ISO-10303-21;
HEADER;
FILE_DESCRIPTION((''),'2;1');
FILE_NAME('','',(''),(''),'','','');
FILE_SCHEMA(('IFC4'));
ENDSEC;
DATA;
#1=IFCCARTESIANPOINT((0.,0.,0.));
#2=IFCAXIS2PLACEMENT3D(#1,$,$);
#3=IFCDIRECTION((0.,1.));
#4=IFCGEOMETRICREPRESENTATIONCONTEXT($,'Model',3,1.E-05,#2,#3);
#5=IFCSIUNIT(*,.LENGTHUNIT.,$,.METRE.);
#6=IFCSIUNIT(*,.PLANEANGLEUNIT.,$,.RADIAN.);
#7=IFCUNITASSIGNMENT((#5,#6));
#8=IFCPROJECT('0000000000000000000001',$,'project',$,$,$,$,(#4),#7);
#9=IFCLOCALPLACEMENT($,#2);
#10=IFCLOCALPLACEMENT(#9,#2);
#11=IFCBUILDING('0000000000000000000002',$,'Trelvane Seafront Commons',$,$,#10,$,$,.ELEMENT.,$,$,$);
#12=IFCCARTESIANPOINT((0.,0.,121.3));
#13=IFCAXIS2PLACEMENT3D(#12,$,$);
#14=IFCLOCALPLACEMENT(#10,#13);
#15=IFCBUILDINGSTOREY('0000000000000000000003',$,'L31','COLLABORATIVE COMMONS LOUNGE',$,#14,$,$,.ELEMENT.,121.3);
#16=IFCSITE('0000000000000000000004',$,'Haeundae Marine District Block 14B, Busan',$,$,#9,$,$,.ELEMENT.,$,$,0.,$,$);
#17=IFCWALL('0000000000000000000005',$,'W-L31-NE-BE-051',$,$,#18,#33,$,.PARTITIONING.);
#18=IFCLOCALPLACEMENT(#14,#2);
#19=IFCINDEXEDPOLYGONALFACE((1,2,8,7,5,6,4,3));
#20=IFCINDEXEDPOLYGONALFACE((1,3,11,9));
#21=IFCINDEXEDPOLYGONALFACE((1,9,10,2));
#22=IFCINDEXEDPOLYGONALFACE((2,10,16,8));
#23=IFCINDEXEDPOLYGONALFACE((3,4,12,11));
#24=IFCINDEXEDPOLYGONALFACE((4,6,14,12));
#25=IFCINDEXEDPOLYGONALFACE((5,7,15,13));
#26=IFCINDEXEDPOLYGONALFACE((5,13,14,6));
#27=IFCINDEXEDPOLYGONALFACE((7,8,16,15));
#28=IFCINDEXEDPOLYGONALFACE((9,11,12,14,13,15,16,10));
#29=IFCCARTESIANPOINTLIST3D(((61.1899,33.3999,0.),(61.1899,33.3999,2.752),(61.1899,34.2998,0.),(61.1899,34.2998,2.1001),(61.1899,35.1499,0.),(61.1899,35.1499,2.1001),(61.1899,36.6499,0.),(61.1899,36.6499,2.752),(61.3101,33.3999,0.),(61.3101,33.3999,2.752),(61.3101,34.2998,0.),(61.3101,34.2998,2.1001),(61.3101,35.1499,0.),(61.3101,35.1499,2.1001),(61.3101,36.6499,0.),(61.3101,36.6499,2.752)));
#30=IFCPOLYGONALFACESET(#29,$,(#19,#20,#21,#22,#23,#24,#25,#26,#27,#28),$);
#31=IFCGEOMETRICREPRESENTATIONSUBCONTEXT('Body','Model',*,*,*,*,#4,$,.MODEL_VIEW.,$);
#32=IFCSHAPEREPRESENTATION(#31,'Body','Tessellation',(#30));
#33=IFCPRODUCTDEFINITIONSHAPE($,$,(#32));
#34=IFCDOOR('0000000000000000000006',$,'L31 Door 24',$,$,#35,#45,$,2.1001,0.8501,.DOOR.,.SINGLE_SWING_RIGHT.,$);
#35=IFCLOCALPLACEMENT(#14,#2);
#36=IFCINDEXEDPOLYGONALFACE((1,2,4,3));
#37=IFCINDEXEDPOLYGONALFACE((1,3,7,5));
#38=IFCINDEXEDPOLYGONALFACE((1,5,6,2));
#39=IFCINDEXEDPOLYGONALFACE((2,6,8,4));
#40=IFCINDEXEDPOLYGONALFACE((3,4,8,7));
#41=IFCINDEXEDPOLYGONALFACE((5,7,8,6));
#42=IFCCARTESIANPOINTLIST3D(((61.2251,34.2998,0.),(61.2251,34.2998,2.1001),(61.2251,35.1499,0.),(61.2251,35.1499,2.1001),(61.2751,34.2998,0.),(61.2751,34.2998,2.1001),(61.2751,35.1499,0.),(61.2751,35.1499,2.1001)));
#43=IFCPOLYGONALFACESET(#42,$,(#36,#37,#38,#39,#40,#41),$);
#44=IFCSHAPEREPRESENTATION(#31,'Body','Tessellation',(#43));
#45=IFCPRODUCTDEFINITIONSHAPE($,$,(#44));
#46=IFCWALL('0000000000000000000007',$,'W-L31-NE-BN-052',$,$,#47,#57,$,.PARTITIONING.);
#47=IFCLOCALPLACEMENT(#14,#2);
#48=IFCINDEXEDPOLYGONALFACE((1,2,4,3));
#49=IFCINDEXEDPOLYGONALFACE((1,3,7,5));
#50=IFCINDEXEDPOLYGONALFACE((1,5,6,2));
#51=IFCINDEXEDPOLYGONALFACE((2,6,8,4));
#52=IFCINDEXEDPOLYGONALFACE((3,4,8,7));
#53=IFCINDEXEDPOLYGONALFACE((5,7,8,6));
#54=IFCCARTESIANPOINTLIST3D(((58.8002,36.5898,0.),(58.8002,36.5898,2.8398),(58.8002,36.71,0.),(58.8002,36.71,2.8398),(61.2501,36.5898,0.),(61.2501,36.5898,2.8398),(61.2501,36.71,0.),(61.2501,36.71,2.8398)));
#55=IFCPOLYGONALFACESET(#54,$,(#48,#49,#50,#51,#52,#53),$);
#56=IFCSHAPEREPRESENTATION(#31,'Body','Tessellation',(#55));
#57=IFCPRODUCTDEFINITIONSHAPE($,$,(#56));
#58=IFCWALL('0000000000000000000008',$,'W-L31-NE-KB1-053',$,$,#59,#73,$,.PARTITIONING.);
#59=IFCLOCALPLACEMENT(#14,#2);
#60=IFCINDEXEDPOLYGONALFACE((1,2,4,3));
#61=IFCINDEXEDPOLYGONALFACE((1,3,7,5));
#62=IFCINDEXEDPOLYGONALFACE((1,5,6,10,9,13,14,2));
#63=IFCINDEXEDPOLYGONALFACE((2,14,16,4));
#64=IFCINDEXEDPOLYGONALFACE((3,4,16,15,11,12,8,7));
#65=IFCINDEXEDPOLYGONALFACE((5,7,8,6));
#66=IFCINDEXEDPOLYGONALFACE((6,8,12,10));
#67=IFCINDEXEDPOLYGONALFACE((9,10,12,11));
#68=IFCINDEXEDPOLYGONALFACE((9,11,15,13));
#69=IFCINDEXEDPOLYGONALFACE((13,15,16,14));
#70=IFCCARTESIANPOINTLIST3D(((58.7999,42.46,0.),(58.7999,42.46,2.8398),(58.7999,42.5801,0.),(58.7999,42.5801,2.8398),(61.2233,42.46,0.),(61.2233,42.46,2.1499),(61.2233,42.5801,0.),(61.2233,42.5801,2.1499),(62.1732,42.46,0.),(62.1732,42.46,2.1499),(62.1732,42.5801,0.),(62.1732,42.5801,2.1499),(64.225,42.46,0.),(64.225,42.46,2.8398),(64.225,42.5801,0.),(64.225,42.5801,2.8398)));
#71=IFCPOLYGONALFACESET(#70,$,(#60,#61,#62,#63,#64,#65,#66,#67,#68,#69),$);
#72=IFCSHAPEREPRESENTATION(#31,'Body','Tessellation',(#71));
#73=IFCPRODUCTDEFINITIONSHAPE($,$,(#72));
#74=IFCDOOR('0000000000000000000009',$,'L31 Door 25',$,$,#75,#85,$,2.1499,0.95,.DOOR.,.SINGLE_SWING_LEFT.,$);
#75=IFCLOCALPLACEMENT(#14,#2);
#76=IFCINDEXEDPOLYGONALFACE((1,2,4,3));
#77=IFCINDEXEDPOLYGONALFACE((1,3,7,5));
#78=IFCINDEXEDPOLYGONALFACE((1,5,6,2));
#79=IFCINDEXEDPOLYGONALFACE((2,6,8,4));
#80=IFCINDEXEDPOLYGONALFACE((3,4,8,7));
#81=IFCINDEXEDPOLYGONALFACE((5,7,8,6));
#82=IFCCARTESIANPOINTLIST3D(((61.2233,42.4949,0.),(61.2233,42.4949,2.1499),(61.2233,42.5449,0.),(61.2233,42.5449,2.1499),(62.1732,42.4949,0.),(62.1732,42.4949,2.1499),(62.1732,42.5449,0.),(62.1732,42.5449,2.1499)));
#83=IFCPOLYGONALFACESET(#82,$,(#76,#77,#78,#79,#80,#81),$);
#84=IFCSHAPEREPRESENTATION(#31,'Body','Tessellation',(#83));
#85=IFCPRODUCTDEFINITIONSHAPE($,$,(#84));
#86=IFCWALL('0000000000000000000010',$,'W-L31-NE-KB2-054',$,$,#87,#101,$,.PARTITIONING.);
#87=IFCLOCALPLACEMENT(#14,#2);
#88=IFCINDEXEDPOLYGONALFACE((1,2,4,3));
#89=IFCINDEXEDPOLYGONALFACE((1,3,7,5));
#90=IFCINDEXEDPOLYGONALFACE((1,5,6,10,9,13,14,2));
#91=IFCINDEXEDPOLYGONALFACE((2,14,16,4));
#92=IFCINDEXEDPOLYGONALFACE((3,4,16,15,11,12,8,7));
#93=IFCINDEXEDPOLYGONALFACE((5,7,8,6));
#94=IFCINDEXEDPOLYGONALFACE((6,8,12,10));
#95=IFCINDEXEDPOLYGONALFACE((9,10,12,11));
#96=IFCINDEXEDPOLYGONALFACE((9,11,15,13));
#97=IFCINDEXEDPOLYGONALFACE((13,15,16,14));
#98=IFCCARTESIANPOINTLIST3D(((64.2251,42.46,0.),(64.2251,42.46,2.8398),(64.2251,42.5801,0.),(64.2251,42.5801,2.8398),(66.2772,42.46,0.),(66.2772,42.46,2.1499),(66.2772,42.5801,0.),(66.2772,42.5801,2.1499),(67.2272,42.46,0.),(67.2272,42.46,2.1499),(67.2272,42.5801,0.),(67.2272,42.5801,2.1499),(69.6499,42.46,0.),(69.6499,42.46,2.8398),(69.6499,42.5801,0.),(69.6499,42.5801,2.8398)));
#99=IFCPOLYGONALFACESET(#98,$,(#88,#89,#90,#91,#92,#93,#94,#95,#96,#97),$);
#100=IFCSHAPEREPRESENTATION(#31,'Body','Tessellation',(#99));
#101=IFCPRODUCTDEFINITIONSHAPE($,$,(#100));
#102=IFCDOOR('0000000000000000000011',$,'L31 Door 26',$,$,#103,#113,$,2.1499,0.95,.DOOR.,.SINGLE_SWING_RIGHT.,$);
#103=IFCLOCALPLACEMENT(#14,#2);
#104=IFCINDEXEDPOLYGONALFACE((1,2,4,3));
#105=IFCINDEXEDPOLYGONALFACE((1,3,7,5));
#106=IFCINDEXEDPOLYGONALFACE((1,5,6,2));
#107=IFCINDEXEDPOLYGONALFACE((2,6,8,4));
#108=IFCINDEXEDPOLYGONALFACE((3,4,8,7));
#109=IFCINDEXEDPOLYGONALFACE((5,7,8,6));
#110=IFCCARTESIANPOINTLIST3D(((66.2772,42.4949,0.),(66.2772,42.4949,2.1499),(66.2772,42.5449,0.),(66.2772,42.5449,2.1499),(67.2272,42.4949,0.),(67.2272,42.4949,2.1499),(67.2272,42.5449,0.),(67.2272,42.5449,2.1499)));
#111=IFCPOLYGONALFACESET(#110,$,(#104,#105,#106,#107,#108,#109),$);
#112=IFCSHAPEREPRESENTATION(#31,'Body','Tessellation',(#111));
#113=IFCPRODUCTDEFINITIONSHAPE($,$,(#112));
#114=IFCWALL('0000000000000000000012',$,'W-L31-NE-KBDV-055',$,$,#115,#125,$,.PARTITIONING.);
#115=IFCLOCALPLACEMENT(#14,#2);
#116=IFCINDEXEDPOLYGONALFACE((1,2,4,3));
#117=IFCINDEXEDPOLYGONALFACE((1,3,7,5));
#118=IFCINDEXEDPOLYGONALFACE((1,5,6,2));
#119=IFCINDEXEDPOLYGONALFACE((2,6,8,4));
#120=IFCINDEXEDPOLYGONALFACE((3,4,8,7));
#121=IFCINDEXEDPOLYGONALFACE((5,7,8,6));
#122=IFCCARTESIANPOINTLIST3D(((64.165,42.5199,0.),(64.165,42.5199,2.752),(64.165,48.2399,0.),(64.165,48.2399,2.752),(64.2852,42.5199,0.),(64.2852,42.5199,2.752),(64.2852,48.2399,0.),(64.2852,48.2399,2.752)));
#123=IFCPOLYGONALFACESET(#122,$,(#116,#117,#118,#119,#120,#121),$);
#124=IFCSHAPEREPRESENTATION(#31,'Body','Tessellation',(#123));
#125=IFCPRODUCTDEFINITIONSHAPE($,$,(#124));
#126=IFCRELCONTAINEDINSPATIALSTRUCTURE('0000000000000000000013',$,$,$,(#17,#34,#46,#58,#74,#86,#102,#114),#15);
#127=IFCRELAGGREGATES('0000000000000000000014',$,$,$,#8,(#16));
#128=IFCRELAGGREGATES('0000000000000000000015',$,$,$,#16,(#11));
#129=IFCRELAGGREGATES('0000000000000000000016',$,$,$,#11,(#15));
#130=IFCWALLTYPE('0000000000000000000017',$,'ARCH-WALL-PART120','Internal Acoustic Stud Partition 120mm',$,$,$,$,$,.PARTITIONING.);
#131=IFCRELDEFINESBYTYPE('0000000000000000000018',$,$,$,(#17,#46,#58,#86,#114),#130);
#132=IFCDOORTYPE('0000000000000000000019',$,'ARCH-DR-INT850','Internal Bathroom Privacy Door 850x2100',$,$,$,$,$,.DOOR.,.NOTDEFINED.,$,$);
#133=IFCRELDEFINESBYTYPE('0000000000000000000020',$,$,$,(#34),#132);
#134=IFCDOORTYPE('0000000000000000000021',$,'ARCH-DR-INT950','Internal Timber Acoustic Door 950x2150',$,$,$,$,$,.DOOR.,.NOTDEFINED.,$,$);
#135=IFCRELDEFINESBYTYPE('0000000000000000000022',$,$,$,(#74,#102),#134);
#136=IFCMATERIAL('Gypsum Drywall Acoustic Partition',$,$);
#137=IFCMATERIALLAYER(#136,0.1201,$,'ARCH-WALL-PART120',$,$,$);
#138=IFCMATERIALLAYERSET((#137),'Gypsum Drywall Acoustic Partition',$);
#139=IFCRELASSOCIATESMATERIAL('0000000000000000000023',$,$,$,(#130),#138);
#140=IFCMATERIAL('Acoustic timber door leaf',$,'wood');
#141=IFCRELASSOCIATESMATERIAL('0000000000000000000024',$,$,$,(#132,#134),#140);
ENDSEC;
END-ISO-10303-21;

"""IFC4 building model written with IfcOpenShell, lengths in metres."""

from ifc_helpers import new_model, si_unit, direction, frame, frame_2d, origin, place, context, subcontext, project, spatial, rectangle, extrude, source, transform, mapped, material, layer, layer_set, type_object, element, fill, save


model = new_model("IFC4")

# Units and contexts
model_context = context("Model", 3, precision=1e-05, world=origin(), true_north=direction((0.0, 1.0)))
body_context = subcontext(model_context, "Body", "Model", "MODEL_VIEW")
ifc_project = project(units=[si_unit("LENGTHUNIT", "METRE"), si_unit("PLANEANGLEUNIT", "RADIAN")], contexts=[model_context])

# Site, building, storey
site_placement = place(None, origin())
site = spatial("IfcSite", under=ifc_project, at=site_placement, Name="Haeundae Marine District Block 14B, Busan", CompositionType="ELEMENT", RefElevation=0.0)
building_placement = place(site_placement, origin())
building = spatial("IfcBuilding", under=site, at=building_placement, Name="Trelvane Seafront Commons", CompositionType="ELEMENT")
storey_placement = place(building_placement, frame((0.0, 0.0, 121.3)))
storey = spatial("IfcBuildingStorey", under=building, at=storey_placement, Name="L31", Description="COLLABORATIVE COMMONS LOUNGE", CompositionType="ELEMENT", Elevation=121.3)

# Wall, opening, door
ifc_material_1 = material(Name="Gypsum Drywall Acoustic Partition")
ifc_layer = layer(ifc_material_1, 0.1201, Name="ARCH-WALL-PART120")
ifc_layer_set = layer_set([ifc_layer], Name="Gypsum Drywall Acoustic Partition")
wall_type = type_object("IfcWallType", Name="ARCH-WALL-PART120", Description="Internal Acoustic Stud Partition 120mm", PredefinedType="PARTITIONING", material=ifc_layer_set)
wall_1_placement = place(storey_placement, frame((61.25, 33.3999, 0.0), z_axis=(0.0, 0.0, 1.0), x_axis=(0.0, 1.0, 0.0)))
wall_1 = element("IfcWall", 1, at=wall_1_placement, inside=storey, type_object=wall_type, Name="W-L31-NE-BE-051", PredefinedType="PARTITIONING", context=body_context, shape_type="SweptSolid", body=[
    extrude(rectangle(XDim=3.25, YDim=0.1201, at=frame_2d((1.625, 0.0))), origin(), (0.0, 0.0, 1.0), 2.752),
])
opening_1_placement = place(wall_1_placement, frame((0.8999, 0.0, 0.0)))
opening_1 = element("IfcOpeningElement", 2, at=opening_1_placement, cuts=wall_1, PredefinedType="OPENING", context=body_context, shape_type="SweptSolid", body=[
    extrude(rectangle(XDim=0.8501, YDim=2.1001, at=frame_2d((0.425, 1.05))), frame((0.0, 0.0701, 0.0), z_axis=(0.0, -1.0, 0.0), x_axis=(1.0, 0.0, 0.0)), (0.0, 0.0, 1.0), 0.1401),
])
ifc_material_2 = material(Name="Acoustic timber door leaf", Category="wood")
door_type_1 = type_object("IfcDoorType", Name="ARCH-DR-INT850", Description="Internal Bathroom Privacy Door 850x2100", OperationType="NOTDEFINED", PredefinedType="DOOR", material=ifc_material_2)
shared_shape_1 = source(origin(), body_context, "Body", "SweptSolid", [
    extrude(rectangle(XDim=0.8501, YDim=2.1001, at=frame_2d((0.425, 1.05))), frame((0.0, 0.0249, 0.0), z_axis=(0.0, -1.0, 0.0), x_axis=(1.0, 0.0, 0.0)), (0.0, 0.0, 1.0), 0.05),
])
door_1_placement = place(opening_1_placement, origin())
door_1 = element("IfcDoor", 3, at=door_1_placement, inside=storey, type_object=door_type_1, Name="L31 Door 24", OperationType="SINGLE_SWING_RIGHT", OverallHeight=2.1001, OverallWidth=0.8501, PredefinedType="DOOR", context=body_context, shape_type="MappedRepresentation", body=[
    mapped(shared_shape_1, transform((0.0, 0.0, 0.0), x_axis=(1.0, 0.0, 0.0), y_axis=(0.0, 1.0, 0.0), z_axis=(0.0, 0.0, 1.0), scale=1.0)),
])
fill(opening_1, door_1)

# Wall
wall_2_placement = place(storey_placement, frame((58.8, 36.6499, 0.0), z_axis=(0.0, 0.0, 1.0), x_axis=(1.0, 0.0, 0.0)))
element("IfcWall", 4, at=wall_2_placement, inside=storey, type_object=wall_type, Name="W-L31-NE-BN-052", PredefinedType="PARTITIONING", context=body_context, shape_type="SweptSolid", body=[
    extrude(rectangle(XDim=2.45, YDim=0.1201, at=frame_2d((1.2251, 0.0))), origin(), (0.0, 0.0, 1.0), 2.8398),
])

# Walls, openings, doors
wall_3_placement = place(storey_placement, frame((58.8, 42.52, 0.0), z_axis=(0.0, 0.0, 1.0), x_axis=(1.0, 0.0, 0.0)))
wall_3 = element("IfcWall", 5, at=wall_3_placement, inside=storey, type_object=wall_type, Name="W-L31-NE-KB1-053", PredefinedType="PARTITIONING", context=body_context, shape_type="SweptSolid", body=[
    extrude(rectangle(XDim=5.425, YDim=0.1201, at=frame_2d((2.7124, 0.0))), origin(), (0.0, 0.0, 1.0), 2.8398),
])
opening_2_placement = place(wall_3_placement, frame((2.4231, 0.0, 0.0)))
opening_2 = element("IfcOpeningElement", 6, at=opening_2_placement, cuts=wall_3, PredefinedType="OPENING", context=body_context, shape_type="SweptSolid", body=[
    extrude(rectangle(XDim=0.95, YDim=2.1499, at=frame_2d((0.4751, 1.075))), frame((0.0, 0.0701, 0.0), z_axis=(0.0, -1.0, 0.0), x_axis=(1.0, 0.0, 0.0)), (0.0, 0.0, 1.0), 0.1401),
])
door_type_2 = type_object("IfcDoorType", Name="ARCH-DR-INT950", Description="Internal Timber Acoustic Door 950x2150", OperationType="NOTDEFINED", PredefinedType="DOOR", material=ifc_material_2)
shared_shape_2 = source(origin(), body_context, "Body", "SweptSolid", [
    extrude(rectangle(XDim=0.95, YDim=2.1499, at=frame_2d((0.4751, 1.075))), frame((0.0, 0.0249, 0.0), z_axis=(0.0, -1.0, 0.0), x_axis=(1.0, 0.0, 0.0)), (0.0, 0.0, 1.0), 0.05),
])
door_2_placement = place(opening_2_placement, origin())
door_2 = element("IfcDoor", 7, at=door_2_placement, inside=storey, type_object=door_type_2, Name="L31 Door 25", OperationType="SINGLE_SWING_LEFT", OverallHeight=2.1499, OverallWidth=0.95, PredefinedType="DOOR", context=body_context, shape_type="MappedRepresentation", body=[
    mapped(shared_shape_2, transform((0.0, 0.0, 0.0), x_axis=(1.0, 0.0, 0.0), y_axis=(0.0, 1.0, 0.0), z_axis=(0.0, 0.0, 1.0), scale=1.0)),
])
fill(opening_2, door_2)
wall_4_placement = place(storey_placement, frame((64.2251, 42.52, 0.0), z_axis=(0.0, 0.0, 1.0), x_axis=(1.0, 0.0, 0.0)))
wall_4 = element("IfcWall", 8, at=wall_4_placement, inside=storey, type_object=wall_type, Name="W-L31-NE-KB2-054", PredefinedType="PARTITIONING", context=body_context, shape_type="SweptSolid", body=[
    extrude(rectangle(XDim=5.4248, YDim=0.1201, at=frame_2d((2.7124, 0.0))), origin(), (0.0, 0.0, 1.0), 2.8398),
])
opening_3_placement = place(wall_4_placement, frame((2.052, 0.0, 0.0)))
opening_3 = element("IfcOpeningElement", 9, at=opening_3_placement, cuts=wall_4, PredefinedType="OPENING", context=body_context, shape_type="SweptSolid", body=[
    extrude(rectangle(XDim=0.95, YDim=2.1499, at=frame_2d((0.4751, 1.075))), frame((0.0, 0.0701, 0.0), z_axis=(0.0, -1.0, 0.0), x_axis=(1.0, 0.0, 0.0)), (0.0, 0.0, 1.0), 0.1401),
])
door_3_placement = place(opening_3_placement, origin())
door_3 = element("IfcDoor", 10, at=door_3_placement, inside=storey, type_object=door_type_2, Name="L31 Door 26", OperationType="SINGLE_SWING_RIGHT", OverallHeight=2.1499, OverallWidth=0.95, PredefinedType="DOOR", context=body_context, shape_type="MappedRepresentation", body=[
    mapped(shared_shape_2, transform((0.0, 0.0, 0.0), x_axis=(1.0, 0.0, 0.0), y_axis=(0.0, 1.0, 0.0), z_axis=(0.0, 0.0, 1.0), scale=1.0)),
])
fill(opening_3, door_3)

# Wall
wall_5_placement = place(storey_placement, frame((64.2251, 42.52, 0.0), z_axis=(0.0, 0.0, 1.0), x_axis=(0.0, 1.0, 0.0)))
element("IfcWall", 11, at=wall_5_placement, inside=storey, type_object=wall_type, Name="W-L31-NE-KBDV-055", PredefinedType="PARTITIONING", context=body_context, shape_type="SweptSolid", body=[
    extrude(rectangle(XDim=5.72, YDim=0.1201, at=frame_2d((2.8599, 0.0))), origin(), (0.0, 0.0, 1.0), 2.752),
])

save(model, "model.ifc")
